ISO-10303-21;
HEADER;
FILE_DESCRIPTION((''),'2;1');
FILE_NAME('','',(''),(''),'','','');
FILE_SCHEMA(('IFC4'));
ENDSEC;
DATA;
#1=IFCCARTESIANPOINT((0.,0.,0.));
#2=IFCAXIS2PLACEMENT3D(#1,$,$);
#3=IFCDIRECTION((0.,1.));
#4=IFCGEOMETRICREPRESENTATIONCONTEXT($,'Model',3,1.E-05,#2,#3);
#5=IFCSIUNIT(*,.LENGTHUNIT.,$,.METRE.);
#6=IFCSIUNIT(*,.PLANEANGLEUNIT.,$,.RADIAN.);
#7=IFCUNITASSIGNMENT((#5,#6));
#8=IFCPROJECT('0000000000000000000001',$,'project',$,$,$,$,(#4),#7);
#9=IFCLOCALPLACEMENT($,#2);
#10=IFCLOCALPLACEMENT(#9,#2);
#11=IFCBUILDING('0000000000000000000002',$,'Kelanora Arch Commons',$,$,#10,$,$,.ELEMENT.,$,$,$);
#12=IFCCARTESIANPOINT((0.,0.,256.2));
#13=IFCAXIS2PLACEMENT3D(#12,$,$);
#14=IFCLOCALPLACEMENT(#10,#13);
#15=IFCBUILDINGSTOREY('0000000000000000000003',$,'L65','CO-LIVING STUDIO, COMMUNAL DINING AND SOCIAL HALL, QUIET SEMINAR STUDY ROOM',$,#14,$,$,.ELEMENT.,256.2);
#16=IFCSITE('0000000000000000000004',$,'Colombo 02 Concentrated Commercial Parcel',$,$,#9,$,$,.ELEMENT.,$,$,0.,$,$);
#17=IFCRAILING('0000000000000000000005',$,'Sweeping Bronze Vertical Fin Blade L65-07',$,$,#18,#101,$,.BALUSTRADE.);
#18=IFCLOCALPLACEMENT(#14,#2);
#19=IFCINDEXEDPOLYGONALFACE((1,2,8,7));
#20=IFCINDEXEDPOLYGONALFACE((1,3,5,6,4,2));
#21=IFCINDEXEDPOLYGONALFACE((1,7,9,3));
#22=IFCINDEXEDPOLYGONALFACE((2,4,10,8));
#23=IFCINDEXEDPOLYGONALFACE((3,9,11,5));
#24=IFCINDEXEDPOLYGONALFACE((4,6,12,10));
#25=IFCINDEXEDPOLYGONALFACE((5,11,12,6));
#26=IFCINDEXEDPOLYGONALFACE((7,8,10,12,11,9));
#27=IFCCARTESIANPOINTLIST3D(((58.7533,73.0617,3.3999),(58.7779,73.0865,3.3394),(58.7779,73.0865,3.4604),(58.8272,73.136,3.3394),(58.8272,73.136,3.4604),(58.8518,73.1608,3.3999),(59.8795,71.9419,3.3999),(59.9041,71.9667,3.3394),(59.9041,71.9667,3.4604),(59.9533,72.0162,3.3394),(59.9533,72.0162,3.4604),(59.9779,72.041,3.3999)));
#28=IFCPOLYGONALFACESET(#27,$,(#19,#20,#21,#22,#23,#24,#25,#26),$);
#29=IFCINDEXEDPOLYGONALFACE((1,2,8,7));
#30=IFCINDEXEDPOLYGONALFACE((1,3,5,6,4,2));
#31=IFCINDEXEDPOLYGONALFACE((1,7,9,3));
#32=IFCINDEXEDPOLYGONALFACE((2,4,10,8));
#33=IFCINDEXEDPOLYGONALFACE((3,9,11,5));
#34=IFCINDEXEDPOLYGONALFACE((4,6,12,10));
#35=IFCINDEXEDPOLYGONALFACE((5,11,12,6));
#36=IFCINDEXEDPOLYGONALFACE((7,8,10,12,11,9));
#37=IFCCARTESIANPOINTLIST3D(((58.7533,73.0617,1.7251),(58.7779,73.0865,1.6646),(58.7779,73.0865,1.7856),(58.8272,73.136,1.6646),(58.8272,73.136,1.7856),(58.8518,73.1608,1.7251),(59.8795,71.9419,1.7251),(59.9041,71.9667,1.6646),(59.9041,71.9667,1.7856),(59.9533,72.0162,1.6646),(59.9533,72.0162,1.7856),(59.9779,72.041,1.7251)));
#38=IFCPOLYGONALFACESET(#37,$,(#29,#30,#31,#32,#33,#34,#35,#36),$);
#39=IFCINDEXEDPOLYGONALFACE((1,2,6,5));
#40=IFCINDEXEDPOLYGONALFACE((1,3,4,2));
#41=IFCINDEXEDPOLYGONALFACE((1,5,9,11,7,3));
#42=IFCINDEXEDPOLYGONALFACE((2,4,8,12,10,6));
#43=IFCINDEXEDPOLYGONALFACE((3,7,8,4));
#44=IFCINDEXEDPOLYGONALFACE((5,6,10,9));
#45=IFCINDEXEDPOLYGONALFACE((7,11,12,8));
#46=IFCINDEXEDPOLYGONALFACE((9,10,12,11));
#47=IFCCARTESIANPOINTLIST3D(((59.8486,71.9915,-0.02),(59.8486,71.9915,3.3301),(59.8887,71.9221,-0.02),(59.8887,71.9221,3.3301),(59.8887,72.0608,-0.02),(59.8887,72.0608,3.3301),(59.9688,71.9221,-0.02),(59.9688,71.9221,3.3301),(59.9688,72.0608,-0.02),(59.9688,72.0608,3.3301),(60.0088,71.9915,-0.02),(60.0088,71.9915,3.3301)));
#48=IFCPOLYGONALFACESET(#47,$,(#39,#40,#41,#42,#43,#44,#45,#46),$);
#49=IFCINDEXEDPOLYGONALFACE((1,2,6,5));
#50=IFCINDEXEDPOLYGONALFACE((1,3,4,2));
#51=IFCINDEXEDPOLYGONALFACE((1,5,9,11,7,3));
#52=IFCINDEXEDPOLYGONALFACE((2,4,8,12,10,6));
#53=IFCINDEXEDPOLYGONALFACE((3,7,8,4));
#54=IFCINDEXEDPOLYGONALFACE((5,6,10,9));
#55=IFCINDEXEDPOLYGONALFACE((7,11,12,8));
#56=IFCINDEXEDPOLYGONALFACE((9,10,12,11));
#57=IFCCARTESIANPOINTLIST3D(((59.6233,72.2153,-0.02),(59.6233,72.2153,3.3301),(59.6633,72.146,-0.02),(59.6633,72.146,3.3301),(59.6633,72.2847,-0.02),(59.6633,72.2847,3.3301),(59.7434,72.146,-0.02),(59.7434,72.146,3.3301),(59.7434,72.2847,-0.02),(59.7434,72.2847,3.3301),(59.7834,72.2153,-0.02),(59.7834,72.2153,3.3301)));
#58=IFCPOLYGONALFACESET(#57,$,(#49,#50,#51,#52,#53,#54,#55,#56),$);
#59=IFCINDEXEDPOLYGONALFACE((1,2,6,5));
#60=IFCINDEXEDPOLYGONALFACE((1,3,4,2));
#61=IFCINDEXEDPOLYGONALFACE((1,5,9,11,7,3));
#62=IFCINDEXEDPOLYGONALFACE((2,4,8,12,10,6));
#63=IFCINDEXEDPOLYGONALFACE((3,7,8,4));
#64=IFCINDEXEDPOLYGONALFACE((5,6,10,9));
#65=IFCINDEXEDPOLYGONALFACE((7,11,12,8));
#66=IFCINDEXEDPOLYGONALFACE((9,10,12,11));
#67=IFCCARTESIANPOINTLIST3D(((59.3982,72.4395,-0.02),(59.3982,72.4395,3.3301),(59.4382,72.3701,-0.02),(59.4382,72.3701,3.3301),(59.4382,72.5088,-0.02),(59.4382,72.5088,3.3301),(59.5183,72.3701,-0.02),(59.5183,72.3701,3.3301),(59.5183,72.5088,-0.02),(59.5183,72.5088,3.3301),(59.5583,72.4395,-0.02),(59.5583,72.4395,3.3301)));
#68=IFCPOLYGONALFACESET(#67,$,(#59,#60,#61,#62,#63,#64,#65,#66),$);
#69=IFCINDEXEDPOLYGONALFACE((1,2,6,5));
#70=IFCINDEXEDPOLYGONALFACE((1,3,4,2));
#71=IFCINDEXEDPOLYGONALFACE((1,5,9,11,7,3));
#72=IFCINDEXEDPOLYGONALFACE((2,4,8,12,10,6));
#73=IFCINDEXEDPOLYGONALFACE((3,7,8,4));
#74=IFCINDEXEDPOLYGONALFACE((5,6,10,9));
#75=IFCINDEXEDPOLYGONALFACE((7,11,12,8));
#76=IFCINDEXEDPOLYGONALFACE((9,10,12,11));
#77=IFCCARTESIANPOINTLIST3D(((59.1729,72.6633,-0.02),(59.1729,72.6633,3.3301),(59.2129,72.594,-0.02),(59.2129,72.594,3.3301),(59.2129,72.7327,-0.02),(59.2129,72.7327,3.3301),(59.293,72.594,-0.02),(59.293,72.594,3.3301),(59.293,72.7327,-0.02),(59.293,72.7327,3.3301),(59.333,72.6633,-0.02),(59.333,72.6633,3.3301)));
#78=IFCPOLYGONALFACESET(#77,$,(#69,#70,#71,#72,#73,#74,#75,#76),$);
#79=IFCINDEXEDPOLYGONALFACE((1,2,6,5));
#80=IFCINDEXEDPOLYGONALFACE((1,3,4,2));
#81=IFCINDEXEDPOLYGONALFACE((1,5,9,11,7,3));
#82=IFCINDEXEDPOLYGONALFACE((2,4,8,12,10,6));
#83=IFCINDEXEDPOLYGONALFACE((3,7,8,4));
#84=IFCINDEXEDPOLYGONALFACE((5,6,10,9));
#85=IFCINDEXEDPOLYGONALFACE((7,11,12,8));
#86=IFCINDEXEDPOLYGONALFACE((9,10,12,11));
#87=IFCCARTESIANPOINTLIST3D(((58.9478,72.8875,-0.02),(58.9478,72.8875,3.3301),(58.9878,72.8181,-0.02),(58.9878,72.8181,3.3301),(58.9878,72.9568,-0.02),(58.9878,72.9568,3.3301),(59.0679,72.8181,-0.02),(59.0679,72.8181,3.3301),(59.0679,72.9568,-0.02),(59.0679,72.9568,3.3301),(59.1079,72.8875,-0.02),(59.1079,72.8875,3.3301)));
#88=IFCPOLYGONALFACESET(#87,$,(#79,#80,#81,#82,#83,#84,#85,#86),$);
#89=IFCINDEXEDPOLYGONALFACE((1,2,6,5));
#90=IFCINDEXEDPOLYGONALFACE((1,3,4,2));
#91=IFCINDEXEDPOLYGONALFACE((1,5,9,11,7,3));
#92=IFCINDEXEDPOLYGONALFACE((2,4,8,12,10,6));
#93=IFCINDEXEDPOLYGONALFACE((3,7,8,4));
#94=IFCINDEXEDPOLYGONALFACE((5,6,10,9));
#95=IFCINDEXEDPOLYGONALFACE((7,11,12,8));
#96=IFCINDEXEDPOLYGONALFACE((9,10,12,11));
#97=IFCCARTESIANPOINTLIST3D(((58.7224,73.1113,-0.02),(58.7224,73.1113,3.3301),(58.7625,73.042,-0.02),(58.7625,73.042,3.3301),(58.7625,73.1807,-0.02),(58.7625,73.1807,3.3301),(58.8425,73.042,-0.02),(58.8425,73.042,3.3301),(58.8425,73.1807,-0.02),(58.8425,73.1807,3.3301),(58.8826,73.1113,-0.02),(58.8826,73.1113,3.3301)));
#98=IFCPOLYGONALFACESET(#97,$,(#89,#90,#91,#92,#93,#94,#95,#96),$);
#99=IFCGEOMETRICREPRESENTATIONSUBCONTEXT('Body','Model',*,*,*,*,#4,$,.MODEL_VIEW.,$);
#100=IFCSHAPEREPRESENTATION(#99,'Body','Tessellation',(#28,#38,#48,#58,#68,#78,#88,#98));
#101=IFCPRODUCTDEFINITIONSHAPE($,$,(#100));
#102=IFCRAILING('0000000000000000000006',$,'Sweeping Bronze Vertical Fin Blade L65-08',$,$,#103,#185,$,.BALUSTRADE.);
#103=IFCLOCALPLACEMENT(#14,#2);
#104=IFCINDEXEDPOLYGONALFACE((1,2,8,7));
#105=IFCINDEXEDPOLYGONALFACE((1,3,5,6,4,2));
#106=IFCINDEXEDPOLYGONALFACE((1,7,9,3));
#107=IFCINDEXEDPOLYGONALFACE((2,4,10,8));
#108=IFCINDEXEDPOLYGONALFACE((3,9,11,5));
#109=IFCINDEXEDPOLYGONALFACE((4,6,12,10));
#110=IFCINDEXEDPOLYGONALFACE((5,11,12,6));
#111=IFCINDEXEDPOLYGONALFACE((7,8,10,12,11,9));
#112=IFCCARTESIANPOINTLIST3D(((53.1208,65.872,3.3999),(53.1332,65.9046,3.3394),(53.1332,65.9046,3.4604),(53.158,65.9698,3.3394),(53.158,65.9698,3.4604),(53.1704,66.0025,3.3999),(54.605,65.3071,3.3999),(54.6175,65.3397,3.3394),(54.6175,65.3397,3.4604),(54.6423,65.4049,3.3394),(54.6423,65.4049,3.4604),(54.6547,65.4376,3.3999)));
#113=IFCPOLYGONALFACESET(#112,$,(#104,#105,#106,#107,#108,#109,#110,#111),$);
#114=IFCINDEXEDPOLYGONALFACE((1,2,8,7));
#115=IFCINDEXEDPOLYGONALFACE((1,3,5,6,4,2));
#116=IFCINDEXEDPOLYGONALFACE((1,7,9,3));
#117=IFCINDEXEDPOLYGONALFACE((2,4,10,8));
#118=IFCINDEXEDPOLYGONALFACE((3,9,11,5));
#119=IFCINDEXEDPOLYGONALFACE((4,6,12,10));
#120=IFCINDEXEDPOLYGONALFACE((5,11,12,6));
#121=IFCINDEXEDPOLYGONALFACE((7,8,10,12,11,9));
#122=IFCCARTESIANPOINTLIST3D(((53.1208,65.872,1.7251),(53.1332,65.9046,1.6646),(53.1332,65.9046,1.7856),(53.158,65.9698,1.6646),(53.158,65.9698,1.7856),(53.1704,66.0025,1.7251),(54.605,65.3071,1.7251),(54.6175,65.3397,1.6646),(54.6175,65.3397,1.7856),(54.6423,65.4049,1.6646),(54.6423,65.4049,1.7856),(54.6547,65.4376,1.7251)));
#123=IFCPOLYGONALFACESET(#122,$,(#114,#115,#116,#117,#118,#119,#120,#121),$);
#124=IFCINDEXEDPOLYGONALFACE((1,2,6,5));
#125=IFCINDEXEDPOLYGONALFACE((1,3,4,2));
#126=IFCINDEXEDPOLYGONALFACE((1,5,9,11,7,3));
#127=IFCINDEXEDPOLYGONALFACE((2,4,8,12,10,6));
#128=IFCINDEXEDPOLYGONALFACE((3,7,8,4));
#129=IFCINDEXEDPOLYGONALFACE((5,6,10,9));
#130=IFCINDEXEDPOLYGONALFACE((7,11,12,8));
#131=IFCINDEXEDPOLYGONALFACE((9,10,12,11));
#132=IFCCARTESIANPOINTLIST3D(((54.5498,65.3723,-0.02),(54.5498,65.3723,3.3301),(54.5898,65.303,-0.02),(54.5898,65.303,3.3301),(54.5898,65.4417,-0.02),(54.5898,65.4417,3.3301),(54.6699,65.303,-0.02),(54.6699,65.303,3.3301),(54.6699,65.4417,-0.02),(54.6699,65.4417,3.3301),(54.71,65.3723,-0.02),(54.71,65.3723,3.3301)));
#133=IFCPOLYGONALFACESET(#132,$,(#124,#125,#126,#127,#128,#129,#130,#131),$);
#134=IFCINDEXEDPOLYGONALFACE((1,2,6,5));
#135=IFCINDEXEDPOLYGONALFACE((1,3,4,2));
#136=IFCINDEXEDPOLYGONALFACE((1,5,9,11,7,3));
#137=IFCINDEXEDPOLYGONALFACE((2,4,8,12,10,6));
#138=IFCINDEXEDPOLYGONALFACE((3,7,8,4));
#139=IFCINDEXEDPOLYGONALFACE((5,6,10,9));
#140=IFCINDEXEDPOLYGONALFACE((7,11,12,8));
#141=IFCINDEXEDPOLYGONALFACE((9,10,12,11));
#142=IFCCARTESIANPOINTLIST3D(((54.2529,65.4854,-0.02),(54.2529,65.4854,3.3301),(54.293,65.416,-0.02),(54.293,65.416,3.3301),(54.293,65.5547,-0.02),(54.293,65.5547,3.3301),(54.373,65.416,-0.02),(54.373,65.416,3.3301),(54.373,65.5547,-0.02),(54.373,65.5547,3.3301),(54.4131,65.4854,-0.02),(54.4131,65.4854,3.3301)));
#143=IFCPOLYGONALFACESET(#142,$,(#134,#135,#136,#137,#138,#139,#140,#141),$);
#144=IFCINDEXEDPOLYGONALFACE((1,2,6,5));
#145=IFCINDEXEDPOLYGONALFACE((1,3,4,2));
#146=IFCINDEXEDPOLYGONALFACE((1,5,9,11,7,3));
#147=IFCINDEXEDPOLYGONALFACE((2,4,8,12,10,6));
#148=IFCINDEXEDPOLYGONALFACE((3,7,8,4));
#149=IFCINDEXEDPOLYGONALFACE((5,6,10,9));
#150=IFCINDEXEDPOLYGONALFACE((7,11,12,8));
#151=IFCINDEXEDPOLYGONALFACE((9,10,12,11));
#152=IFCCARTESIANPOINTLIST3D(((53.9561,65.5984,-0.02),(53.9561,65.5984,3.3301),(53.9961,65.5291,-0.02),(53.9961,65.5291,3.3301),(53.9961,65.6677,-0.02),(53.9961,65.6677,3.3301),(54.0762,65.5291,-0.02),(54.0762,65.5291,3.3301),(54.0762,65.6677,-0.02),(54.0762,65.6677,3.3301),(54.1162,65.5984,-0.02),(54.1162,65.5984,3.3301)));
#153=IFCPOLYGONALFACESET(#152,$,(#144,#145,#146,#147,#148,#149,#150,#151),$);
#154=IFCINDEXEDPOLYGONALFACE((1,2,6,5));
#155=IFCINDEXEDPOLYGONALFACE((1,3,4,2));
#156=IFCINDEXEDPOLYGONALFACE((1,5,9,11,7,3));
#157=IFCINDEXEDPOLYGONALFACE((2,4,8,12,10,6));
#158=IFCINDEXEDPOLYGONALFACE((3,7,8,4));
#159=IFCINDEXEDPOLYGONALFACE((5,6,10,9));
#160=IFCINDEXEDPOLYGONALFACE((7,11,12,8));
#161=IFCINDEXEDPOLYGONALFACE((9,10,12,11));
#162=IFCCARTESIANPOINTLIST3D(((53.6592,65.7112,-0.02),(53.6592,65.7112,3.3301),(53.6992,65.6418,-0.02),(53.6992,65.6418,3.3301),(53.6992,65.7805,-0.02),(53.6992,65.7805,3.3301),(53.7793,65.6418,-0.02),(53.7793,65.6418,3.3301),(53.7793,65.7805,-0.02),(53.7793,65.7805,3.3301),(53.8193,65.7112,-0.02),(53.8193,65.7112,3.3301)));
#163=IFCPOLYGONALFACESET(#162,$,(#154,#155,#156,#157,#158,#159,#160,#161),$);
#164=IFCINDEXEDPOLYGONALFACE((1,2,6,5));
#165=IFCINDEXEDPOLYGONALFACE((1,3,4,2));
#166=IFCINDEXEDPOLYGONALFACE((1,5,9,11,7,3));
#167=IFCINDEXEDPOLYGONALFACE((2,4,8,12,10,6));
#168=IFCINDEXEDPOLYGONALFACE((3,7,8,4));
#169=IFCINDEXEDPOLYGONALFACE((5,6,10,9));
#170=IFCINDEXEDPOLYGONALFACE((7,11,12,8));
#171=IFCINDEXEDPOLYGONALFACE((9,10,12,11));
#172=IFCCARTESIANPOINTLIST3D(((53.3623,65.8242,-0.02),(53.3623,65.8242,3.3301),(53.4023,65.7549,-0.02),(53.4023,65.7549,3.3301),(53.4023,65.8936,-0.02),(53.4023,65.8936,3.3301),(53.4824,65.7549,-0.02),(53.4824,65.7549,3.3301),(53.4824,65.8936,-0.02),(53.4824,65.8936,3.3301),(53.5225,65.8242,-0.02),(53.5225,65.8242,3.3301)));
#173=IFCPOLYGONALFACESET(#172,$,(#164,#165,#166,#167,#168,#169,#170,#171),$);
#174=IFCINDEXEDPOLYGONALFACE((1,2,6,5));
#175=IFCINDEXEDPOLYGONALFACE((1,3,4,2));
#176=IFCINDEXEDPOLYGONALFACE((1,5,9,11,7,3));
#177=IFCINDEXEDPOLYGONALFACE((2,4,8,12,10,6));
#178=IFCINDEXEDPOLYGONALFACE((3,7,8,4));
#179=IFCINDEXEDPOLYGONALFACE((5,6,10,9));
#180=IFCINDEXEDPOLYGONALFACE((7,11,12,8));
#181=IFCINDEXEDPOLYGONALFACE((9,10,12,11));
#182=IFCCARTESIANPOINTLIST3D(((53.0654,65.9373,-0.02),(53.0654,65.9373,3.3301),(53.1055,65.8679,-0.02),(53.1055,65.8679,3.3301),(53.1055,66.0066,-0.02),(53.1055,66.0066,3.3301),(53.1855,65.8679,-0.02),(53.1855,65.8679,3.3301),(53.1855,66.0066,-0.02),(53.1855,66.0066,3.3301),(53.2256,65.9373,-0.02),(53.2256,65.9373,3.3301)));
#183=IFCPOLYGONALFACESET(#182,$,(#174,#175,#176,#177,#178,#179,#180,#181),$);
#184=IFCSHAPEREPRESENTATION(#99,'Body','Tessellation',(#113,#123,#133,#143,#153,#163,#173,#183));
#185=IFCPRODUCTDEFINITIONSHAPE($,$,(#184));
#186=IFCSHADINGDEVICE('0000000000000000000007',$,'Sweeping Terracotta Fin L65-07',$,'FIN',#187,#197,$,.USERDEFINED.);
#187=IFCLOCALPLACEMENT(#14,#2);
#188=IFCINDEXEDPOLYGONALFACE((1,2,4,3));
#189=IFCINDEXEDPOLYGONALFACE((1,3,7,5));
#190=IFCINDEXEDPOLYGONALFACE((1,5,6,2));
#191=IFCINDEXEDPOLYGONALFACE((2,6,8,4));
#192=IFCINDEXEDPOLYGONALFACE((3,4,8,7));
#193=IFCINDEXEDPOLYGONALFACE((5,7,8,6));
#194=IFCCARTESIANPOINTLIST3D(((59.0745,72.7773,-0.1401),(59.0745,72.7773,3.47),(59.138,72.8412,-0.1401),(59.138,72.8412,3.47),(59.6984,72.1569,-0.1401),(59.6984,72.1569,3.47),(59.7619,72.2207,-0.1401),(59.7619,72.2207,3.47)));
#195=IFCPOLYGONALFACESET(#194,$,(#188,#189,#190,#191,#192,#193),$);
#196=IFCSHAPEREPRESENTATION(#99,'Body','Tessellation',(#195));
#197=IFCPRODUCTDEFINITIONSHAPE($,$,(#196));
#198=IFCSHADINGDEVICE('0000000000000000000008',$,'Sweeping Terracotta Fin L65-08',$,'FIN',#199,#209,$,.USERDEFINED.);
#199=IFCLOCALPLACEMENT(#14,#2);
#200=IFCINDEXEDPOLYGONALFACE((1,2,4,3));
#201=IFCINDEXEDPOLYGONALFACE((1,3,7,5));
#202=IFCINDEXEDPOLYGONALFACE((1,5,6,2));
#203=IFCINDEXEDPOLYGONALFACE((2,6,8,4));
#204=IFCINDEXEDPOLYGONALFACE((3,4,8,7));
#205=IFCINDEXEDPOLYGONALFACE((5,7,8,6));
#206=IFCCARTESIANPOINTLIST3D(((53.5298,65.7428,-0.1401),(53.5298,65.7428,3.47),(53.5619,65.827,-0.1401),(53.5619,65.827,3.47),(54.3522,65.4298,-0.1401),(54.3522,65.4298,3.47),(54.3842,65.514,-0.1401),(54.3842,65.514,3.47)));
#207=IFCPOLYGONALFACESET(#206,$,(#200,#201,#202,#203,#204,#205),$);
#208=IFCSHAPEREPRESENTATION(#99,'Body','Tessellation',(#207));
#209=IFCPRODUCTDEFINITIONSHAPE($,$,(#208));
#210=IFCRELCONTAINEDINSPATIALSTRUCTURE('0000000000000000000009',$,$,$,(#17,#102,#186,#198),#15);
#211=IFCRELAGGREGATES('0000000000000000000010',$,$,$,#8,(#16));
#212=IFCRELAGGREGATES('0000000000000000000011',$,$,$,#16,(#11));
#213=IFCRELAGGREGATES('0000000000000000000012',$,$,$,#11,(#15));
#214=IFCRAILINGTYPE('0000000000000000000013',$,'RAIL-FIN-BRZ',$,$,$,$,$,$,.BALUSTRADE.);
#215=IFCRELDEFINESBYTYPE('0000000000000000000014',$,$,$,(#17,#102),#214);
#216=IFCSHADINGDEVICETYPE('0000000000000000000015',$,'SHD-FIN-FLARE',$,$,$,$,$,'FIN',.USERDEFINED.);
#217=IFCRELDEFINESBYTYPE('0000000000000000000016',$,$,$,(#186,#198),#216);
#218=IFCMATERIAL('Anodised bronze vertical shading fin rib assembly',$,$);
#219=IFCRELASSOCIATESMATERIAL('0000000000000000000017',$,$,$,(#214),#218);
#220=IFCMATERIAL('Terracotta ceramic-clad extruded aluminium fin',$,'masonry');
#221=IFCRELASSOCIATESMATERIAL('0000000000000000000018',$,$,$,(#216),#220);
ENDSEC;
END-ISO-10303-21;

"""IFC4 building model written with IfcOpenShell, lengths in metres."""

from ifc_helpers import new_model, si_unit, direction, frame, origin, origin_2d, place, context, subcontext, project, spatial, polyline, rectangle, outline, extrude, source, transform, mapped, material, type_object, element, save


model = new_model("IFC4")

# Units and contexts
model_context = context("Model", 3, precision=1e-05, world=origin(), true_north=direction((0.0, 1.0)))
body_context = subcontext(model_context, "Body", "Model", "MODEL_VIEW")
ifc_project = project(units=[si_unit("LENGTHUNIT", "METRE"), si_unit("PLANEANGLEUNIT", "RADIAN")], contexts=[model_context])

# Site, building, storey
site_placement = place(None, origin())
site = spatial("IfcSite", under=ifc_project, at=site_placement, Name="Colombo 02 Concentrated Commercial Parcel", CompositionType="ELEMENT", RefElevation=0.0)
building_placement = place(site_placement, origin())
building = spatial("IfcBuilding", under=site, at=building_placement, Name="Kelanora Arch Commons", CompositionType="ELEMENT")
storey_placement = place(building_placement, frame((0.0, 0.0, 256.2)))
storey = spatial("IfcBuildingStorey", under=building, at=storey_placement, Name="L65", Description="CO-LIVING STUDIO, COMMUNAL DINING AND SOCIAL HALL, QUIET SEMINAR STUDY ROOM", CompositionType="ELEMENT", Elevation=256.2)

# Railings
ifc_material_1 = material(Name="Anodised bronze vertical shading fin rib assembly")
railing_type = type_object("IfcRailingType", Name="RAIL-FIN-BRZ", PredefinedType="BALUSTRADE", material=ifc_material_1)
railing_1_placement = place(storey_placement, frame((59.9287, 71.9915, -0.02)))
element("IfcRailing", 1, at=railing_1_placement, inside=storey, type_object=railing_type, Name="Sweeping Bronze Vertical Fin Blade L65-07", PredefinedType="BALUSTRADE", context=body_context, shape_type="SweptSolid", body=[
    extrude(outline(polyline([(0.0698, 0.0), (0.0349, 0.0605), (-0.0349, 0.0605), (-0.0698, 0.0), (-0.0349, -0.0605), (0.0349, -0.0605), (0.0698, 0.0)])), frame((0.0, 0.0, 3.4199), z_axis=(-0.709102, 0.705106, 0.0), x_axis=(-0.705106, -0.709102, 0.0)), (0.0, 0.0, 1.0), 1.5881),
    extrude(outline(polyline([(0.0698, 0.0), (0.0349, 0.0605), (-0.0349, 0.0605), (-0.0698, 0.0), (-0.0349, -0.0605), (0.0349, -0.0605), (0.0698, 0.0)])), frame((0.0, 0.0, 1.7451), z_axis=(-0.709102, 0.705106, 0.0), x_axis=(-0.705106, -0.709102, 0.0)), (0.0, 0.0, 1.0), 1.5881),
    extrude(outline(polyline([(0.0801, 0.0), (0.04, 0.0693), (-0.04, 0.0693), (-0.0801, 0.0), (-0.04, -0.0693), (0.04, -0.0693), (0.0801, 0.0)])), origin(), (0.0, 0.0, 1.0), 3.3501),
    extrude(outline(polyline([(0.0801, 0.0), (0.04, 0.0693), (-0.04, 0.0693), (-0.0801, 0.0), (-0.04, -0.0693), (0.04, -0.0693), (0.0801, 0.0)])), frame((-0.2253, 0.2239, 0.0)), (0.0, 0.0, 1.0), 3.3501),
    extrude(outline(polyline([(0.0801, 0.0), (0.04, 0.0693), (-0.04, 0.0693), (-0.0801, 0.0), (-0.04, -0.0693), (0.04, -0.0693), (0.0801, 0.0)])), frame((-0.4504, 0.448, 0.0)), (0.0, 0.0, 1.0), 3.3501),
    extrude(outline(polyline([(0.0801, 0.0), (0.04, 0.0693), (-0.04, 0.0693), (-0.0801, 0.0), (-0.04, -0.0693), (0.04, -0.0693), (0.0801, 0.0)])), frame((-0.6758, 0.6719, 0.0)), (0.0, 0.0, 1.0), 3.3501),
    extrude(outline(polyline([(0.0801, 0.0), (0.04, 0.0693), (-0.04, 0.0693), (-0.0801, 0.0), (-0.04, -0.0693), (0.04, -0.0693), (0.0801, 0.0)])), frame((-0.9009, 0.896, 0.0)), (0.0, 0.0, 1.0), 3.3501),
    extrude(outline(polyline([(0.0801, 0.0), (0.04, 0.0693), (-0.04, 0.0693), (-0.0801, 0.0), (-0.04, -0.0693), (0.04, -0.0693), (0.0801, 0.0)])), frame((-1.1262, 1.1199, 0.0)), (0.0, 0.0, 1.0), 3.3501),
])
railing_2_placement = place(storey_placement, frame((54.6299, 65.3723, -0.02)))
element("IfcRailing", 2, at=railing_2_placement, inside=storey, type_object=railing_type, Name="Sweeping Bronze Vertical Fin Blade L65-08", PredefinedType="BALUSTRADE", context=body_context, shape_type="SweptSolid", body=[
    extrude(outline(polyline([(0.0698, 0.0), (0.0349, 0.0605), (-0.0349, 0.0605), (-0.0698, 0.0), (-0.0349, -0.0605), (0.0349, -0.0605), (0.0698, 0.0)])), frame((0.0, 0.0, 3.4199), z_axis=(-0.9346, 0.355701, 0.0), x_axis=(-0.355701, -0.9346, 0.0)), (0.0, 0.0, 1.0), 1.5881),
    extrude(outline(polyline([(0.0698, 0.0), (0.0349, 0.0605), (-0.0349, 0.0605), (-0.0698, 0.0), (-0.0349, -0.0605), (0.0349, -0.0605), (0.0698, 0.0)])), frame((0.0, 0.0, 1.7451), z_axis=(-0.9346, 0.355701, 0.0), x_axis=(-0.355701, -0.9346, 0.0)), (0.0, 0.0, 1.0), 1.5881),
    extrude(outline(polyline([(0.0801, 0.0), (0.04, 0.0693), (-0.04, 0.0693), (-0.0801, 0.0), (-0.04, -0.0693), (0.04, -0.0693), (0.0801, 0.0)])), origin(), (0.0, 0.0, 1.0), 3.3501),
    extrude(outline(polyline([(0.0801, 0.0), (0.04, 0.0693), (-0.04, 0.0693), (-0.0801, 0.0), (-0.04, -0.0693), (0.04, -0.0693), (0.0801, 0.0)])), frame((-0.2969, 0.113, 0.0)), (0.0, 0.0, 1.0), 3.3501),
    extrude(outline(polyline([(0.0801, 0.0), (0.04, 0.0693), (-0.04, 0.0693), (-0.0801, 0.0), (-0.04, -0.0693), (0.04, -0.0693), (0.0801, 0.0)])), frame((-0.5938, 0.2261, 0.0)), (0.0, 0.0, 1.0), 3.3501),
    extrude(outline(polyline([(0.0801, 0.0), (0.04, 0.0693), (-0.04, 0.0693), (-0.0801, 0.0), (-0.04, -0.0693), (0.04, -0.0693), (0.0801, 0.0)])), frame((-0.8906, 0.3389, 0.0)), (0.0, 0.0, 1.0), 3.3501),
    extrude(outline(polyline([(0.0801, 0.0), (0.04, 0.0693), (-0.04, 0.0693), (-0.0801, 0.0), (-0.04, -0.0693), (0.04, -0.0693), (0.0801, 0.0)])), frame((-1.1875, 0.4519, 0.0)), (0.0, 0.0, 1.0), 3.3501),
    extrude(outline(polyline([(0.0801, 0.0), (0.04, 0.0693), (-0.04, 0.0693), (-0.0801, 0.0), (-0.04, -0.0693), (0.04, -0.0693), (0.0801, 0.0)])), frame((-1.4844, 0.5649, 0.0)), (0.0, 0.0, 1.0), 3.3501),
])

# Shading devices
ifc_material_2 = material(Name="Terracotta ceramic-clad extruded aluminium fin", Category="masonry")
shading_device_type = type_object("IfcShadingDeviceType", Name="SHD-FIN-FLARE", ElementType="FIN", PredefinedType="USERDEFINED", material=ifc_material_2)
shared_shape_1 = source(origin(), body_context, "Body", "SweptSolid", [
    extrude(rectangle(XDim=0.8799, YDim=0.0901, at=origin_2d()), origin(), (0.0, 0.0, 1.0), 3.6101),
])
for number, where, z_axis, x_axis, name in (
    (3, (59.4182, 72.499, -0.1401), (0.0, 0.0, 1.0), (-0.709079, 0.705129, 0.0), "Sweeping Terracotta Fin L65-07"),
    (4, (53.957, 65.6284, -0.1401), (0.0, 0.0, 1.0), (-0.934578, 0.35576, 0.0), "Sweeping Terracotta Fin L65-08"),
):
    element("IfcShadingDevice", number, at=place(storey_placement, frame(where, z_axis=z_axis, x_axis=x_axis)), inside=storey, type_object=shading_device_type, Name=name, ObjectType="FIN", PredefinedType="USERDEFINED", context=body_context, shape_type="MappedRepresentation", body=[
        mapped(shared_shape_1, transform((0.0, 0.0, 0.0), scale=1.0)),
    ])

save(model, "model.ifc")
